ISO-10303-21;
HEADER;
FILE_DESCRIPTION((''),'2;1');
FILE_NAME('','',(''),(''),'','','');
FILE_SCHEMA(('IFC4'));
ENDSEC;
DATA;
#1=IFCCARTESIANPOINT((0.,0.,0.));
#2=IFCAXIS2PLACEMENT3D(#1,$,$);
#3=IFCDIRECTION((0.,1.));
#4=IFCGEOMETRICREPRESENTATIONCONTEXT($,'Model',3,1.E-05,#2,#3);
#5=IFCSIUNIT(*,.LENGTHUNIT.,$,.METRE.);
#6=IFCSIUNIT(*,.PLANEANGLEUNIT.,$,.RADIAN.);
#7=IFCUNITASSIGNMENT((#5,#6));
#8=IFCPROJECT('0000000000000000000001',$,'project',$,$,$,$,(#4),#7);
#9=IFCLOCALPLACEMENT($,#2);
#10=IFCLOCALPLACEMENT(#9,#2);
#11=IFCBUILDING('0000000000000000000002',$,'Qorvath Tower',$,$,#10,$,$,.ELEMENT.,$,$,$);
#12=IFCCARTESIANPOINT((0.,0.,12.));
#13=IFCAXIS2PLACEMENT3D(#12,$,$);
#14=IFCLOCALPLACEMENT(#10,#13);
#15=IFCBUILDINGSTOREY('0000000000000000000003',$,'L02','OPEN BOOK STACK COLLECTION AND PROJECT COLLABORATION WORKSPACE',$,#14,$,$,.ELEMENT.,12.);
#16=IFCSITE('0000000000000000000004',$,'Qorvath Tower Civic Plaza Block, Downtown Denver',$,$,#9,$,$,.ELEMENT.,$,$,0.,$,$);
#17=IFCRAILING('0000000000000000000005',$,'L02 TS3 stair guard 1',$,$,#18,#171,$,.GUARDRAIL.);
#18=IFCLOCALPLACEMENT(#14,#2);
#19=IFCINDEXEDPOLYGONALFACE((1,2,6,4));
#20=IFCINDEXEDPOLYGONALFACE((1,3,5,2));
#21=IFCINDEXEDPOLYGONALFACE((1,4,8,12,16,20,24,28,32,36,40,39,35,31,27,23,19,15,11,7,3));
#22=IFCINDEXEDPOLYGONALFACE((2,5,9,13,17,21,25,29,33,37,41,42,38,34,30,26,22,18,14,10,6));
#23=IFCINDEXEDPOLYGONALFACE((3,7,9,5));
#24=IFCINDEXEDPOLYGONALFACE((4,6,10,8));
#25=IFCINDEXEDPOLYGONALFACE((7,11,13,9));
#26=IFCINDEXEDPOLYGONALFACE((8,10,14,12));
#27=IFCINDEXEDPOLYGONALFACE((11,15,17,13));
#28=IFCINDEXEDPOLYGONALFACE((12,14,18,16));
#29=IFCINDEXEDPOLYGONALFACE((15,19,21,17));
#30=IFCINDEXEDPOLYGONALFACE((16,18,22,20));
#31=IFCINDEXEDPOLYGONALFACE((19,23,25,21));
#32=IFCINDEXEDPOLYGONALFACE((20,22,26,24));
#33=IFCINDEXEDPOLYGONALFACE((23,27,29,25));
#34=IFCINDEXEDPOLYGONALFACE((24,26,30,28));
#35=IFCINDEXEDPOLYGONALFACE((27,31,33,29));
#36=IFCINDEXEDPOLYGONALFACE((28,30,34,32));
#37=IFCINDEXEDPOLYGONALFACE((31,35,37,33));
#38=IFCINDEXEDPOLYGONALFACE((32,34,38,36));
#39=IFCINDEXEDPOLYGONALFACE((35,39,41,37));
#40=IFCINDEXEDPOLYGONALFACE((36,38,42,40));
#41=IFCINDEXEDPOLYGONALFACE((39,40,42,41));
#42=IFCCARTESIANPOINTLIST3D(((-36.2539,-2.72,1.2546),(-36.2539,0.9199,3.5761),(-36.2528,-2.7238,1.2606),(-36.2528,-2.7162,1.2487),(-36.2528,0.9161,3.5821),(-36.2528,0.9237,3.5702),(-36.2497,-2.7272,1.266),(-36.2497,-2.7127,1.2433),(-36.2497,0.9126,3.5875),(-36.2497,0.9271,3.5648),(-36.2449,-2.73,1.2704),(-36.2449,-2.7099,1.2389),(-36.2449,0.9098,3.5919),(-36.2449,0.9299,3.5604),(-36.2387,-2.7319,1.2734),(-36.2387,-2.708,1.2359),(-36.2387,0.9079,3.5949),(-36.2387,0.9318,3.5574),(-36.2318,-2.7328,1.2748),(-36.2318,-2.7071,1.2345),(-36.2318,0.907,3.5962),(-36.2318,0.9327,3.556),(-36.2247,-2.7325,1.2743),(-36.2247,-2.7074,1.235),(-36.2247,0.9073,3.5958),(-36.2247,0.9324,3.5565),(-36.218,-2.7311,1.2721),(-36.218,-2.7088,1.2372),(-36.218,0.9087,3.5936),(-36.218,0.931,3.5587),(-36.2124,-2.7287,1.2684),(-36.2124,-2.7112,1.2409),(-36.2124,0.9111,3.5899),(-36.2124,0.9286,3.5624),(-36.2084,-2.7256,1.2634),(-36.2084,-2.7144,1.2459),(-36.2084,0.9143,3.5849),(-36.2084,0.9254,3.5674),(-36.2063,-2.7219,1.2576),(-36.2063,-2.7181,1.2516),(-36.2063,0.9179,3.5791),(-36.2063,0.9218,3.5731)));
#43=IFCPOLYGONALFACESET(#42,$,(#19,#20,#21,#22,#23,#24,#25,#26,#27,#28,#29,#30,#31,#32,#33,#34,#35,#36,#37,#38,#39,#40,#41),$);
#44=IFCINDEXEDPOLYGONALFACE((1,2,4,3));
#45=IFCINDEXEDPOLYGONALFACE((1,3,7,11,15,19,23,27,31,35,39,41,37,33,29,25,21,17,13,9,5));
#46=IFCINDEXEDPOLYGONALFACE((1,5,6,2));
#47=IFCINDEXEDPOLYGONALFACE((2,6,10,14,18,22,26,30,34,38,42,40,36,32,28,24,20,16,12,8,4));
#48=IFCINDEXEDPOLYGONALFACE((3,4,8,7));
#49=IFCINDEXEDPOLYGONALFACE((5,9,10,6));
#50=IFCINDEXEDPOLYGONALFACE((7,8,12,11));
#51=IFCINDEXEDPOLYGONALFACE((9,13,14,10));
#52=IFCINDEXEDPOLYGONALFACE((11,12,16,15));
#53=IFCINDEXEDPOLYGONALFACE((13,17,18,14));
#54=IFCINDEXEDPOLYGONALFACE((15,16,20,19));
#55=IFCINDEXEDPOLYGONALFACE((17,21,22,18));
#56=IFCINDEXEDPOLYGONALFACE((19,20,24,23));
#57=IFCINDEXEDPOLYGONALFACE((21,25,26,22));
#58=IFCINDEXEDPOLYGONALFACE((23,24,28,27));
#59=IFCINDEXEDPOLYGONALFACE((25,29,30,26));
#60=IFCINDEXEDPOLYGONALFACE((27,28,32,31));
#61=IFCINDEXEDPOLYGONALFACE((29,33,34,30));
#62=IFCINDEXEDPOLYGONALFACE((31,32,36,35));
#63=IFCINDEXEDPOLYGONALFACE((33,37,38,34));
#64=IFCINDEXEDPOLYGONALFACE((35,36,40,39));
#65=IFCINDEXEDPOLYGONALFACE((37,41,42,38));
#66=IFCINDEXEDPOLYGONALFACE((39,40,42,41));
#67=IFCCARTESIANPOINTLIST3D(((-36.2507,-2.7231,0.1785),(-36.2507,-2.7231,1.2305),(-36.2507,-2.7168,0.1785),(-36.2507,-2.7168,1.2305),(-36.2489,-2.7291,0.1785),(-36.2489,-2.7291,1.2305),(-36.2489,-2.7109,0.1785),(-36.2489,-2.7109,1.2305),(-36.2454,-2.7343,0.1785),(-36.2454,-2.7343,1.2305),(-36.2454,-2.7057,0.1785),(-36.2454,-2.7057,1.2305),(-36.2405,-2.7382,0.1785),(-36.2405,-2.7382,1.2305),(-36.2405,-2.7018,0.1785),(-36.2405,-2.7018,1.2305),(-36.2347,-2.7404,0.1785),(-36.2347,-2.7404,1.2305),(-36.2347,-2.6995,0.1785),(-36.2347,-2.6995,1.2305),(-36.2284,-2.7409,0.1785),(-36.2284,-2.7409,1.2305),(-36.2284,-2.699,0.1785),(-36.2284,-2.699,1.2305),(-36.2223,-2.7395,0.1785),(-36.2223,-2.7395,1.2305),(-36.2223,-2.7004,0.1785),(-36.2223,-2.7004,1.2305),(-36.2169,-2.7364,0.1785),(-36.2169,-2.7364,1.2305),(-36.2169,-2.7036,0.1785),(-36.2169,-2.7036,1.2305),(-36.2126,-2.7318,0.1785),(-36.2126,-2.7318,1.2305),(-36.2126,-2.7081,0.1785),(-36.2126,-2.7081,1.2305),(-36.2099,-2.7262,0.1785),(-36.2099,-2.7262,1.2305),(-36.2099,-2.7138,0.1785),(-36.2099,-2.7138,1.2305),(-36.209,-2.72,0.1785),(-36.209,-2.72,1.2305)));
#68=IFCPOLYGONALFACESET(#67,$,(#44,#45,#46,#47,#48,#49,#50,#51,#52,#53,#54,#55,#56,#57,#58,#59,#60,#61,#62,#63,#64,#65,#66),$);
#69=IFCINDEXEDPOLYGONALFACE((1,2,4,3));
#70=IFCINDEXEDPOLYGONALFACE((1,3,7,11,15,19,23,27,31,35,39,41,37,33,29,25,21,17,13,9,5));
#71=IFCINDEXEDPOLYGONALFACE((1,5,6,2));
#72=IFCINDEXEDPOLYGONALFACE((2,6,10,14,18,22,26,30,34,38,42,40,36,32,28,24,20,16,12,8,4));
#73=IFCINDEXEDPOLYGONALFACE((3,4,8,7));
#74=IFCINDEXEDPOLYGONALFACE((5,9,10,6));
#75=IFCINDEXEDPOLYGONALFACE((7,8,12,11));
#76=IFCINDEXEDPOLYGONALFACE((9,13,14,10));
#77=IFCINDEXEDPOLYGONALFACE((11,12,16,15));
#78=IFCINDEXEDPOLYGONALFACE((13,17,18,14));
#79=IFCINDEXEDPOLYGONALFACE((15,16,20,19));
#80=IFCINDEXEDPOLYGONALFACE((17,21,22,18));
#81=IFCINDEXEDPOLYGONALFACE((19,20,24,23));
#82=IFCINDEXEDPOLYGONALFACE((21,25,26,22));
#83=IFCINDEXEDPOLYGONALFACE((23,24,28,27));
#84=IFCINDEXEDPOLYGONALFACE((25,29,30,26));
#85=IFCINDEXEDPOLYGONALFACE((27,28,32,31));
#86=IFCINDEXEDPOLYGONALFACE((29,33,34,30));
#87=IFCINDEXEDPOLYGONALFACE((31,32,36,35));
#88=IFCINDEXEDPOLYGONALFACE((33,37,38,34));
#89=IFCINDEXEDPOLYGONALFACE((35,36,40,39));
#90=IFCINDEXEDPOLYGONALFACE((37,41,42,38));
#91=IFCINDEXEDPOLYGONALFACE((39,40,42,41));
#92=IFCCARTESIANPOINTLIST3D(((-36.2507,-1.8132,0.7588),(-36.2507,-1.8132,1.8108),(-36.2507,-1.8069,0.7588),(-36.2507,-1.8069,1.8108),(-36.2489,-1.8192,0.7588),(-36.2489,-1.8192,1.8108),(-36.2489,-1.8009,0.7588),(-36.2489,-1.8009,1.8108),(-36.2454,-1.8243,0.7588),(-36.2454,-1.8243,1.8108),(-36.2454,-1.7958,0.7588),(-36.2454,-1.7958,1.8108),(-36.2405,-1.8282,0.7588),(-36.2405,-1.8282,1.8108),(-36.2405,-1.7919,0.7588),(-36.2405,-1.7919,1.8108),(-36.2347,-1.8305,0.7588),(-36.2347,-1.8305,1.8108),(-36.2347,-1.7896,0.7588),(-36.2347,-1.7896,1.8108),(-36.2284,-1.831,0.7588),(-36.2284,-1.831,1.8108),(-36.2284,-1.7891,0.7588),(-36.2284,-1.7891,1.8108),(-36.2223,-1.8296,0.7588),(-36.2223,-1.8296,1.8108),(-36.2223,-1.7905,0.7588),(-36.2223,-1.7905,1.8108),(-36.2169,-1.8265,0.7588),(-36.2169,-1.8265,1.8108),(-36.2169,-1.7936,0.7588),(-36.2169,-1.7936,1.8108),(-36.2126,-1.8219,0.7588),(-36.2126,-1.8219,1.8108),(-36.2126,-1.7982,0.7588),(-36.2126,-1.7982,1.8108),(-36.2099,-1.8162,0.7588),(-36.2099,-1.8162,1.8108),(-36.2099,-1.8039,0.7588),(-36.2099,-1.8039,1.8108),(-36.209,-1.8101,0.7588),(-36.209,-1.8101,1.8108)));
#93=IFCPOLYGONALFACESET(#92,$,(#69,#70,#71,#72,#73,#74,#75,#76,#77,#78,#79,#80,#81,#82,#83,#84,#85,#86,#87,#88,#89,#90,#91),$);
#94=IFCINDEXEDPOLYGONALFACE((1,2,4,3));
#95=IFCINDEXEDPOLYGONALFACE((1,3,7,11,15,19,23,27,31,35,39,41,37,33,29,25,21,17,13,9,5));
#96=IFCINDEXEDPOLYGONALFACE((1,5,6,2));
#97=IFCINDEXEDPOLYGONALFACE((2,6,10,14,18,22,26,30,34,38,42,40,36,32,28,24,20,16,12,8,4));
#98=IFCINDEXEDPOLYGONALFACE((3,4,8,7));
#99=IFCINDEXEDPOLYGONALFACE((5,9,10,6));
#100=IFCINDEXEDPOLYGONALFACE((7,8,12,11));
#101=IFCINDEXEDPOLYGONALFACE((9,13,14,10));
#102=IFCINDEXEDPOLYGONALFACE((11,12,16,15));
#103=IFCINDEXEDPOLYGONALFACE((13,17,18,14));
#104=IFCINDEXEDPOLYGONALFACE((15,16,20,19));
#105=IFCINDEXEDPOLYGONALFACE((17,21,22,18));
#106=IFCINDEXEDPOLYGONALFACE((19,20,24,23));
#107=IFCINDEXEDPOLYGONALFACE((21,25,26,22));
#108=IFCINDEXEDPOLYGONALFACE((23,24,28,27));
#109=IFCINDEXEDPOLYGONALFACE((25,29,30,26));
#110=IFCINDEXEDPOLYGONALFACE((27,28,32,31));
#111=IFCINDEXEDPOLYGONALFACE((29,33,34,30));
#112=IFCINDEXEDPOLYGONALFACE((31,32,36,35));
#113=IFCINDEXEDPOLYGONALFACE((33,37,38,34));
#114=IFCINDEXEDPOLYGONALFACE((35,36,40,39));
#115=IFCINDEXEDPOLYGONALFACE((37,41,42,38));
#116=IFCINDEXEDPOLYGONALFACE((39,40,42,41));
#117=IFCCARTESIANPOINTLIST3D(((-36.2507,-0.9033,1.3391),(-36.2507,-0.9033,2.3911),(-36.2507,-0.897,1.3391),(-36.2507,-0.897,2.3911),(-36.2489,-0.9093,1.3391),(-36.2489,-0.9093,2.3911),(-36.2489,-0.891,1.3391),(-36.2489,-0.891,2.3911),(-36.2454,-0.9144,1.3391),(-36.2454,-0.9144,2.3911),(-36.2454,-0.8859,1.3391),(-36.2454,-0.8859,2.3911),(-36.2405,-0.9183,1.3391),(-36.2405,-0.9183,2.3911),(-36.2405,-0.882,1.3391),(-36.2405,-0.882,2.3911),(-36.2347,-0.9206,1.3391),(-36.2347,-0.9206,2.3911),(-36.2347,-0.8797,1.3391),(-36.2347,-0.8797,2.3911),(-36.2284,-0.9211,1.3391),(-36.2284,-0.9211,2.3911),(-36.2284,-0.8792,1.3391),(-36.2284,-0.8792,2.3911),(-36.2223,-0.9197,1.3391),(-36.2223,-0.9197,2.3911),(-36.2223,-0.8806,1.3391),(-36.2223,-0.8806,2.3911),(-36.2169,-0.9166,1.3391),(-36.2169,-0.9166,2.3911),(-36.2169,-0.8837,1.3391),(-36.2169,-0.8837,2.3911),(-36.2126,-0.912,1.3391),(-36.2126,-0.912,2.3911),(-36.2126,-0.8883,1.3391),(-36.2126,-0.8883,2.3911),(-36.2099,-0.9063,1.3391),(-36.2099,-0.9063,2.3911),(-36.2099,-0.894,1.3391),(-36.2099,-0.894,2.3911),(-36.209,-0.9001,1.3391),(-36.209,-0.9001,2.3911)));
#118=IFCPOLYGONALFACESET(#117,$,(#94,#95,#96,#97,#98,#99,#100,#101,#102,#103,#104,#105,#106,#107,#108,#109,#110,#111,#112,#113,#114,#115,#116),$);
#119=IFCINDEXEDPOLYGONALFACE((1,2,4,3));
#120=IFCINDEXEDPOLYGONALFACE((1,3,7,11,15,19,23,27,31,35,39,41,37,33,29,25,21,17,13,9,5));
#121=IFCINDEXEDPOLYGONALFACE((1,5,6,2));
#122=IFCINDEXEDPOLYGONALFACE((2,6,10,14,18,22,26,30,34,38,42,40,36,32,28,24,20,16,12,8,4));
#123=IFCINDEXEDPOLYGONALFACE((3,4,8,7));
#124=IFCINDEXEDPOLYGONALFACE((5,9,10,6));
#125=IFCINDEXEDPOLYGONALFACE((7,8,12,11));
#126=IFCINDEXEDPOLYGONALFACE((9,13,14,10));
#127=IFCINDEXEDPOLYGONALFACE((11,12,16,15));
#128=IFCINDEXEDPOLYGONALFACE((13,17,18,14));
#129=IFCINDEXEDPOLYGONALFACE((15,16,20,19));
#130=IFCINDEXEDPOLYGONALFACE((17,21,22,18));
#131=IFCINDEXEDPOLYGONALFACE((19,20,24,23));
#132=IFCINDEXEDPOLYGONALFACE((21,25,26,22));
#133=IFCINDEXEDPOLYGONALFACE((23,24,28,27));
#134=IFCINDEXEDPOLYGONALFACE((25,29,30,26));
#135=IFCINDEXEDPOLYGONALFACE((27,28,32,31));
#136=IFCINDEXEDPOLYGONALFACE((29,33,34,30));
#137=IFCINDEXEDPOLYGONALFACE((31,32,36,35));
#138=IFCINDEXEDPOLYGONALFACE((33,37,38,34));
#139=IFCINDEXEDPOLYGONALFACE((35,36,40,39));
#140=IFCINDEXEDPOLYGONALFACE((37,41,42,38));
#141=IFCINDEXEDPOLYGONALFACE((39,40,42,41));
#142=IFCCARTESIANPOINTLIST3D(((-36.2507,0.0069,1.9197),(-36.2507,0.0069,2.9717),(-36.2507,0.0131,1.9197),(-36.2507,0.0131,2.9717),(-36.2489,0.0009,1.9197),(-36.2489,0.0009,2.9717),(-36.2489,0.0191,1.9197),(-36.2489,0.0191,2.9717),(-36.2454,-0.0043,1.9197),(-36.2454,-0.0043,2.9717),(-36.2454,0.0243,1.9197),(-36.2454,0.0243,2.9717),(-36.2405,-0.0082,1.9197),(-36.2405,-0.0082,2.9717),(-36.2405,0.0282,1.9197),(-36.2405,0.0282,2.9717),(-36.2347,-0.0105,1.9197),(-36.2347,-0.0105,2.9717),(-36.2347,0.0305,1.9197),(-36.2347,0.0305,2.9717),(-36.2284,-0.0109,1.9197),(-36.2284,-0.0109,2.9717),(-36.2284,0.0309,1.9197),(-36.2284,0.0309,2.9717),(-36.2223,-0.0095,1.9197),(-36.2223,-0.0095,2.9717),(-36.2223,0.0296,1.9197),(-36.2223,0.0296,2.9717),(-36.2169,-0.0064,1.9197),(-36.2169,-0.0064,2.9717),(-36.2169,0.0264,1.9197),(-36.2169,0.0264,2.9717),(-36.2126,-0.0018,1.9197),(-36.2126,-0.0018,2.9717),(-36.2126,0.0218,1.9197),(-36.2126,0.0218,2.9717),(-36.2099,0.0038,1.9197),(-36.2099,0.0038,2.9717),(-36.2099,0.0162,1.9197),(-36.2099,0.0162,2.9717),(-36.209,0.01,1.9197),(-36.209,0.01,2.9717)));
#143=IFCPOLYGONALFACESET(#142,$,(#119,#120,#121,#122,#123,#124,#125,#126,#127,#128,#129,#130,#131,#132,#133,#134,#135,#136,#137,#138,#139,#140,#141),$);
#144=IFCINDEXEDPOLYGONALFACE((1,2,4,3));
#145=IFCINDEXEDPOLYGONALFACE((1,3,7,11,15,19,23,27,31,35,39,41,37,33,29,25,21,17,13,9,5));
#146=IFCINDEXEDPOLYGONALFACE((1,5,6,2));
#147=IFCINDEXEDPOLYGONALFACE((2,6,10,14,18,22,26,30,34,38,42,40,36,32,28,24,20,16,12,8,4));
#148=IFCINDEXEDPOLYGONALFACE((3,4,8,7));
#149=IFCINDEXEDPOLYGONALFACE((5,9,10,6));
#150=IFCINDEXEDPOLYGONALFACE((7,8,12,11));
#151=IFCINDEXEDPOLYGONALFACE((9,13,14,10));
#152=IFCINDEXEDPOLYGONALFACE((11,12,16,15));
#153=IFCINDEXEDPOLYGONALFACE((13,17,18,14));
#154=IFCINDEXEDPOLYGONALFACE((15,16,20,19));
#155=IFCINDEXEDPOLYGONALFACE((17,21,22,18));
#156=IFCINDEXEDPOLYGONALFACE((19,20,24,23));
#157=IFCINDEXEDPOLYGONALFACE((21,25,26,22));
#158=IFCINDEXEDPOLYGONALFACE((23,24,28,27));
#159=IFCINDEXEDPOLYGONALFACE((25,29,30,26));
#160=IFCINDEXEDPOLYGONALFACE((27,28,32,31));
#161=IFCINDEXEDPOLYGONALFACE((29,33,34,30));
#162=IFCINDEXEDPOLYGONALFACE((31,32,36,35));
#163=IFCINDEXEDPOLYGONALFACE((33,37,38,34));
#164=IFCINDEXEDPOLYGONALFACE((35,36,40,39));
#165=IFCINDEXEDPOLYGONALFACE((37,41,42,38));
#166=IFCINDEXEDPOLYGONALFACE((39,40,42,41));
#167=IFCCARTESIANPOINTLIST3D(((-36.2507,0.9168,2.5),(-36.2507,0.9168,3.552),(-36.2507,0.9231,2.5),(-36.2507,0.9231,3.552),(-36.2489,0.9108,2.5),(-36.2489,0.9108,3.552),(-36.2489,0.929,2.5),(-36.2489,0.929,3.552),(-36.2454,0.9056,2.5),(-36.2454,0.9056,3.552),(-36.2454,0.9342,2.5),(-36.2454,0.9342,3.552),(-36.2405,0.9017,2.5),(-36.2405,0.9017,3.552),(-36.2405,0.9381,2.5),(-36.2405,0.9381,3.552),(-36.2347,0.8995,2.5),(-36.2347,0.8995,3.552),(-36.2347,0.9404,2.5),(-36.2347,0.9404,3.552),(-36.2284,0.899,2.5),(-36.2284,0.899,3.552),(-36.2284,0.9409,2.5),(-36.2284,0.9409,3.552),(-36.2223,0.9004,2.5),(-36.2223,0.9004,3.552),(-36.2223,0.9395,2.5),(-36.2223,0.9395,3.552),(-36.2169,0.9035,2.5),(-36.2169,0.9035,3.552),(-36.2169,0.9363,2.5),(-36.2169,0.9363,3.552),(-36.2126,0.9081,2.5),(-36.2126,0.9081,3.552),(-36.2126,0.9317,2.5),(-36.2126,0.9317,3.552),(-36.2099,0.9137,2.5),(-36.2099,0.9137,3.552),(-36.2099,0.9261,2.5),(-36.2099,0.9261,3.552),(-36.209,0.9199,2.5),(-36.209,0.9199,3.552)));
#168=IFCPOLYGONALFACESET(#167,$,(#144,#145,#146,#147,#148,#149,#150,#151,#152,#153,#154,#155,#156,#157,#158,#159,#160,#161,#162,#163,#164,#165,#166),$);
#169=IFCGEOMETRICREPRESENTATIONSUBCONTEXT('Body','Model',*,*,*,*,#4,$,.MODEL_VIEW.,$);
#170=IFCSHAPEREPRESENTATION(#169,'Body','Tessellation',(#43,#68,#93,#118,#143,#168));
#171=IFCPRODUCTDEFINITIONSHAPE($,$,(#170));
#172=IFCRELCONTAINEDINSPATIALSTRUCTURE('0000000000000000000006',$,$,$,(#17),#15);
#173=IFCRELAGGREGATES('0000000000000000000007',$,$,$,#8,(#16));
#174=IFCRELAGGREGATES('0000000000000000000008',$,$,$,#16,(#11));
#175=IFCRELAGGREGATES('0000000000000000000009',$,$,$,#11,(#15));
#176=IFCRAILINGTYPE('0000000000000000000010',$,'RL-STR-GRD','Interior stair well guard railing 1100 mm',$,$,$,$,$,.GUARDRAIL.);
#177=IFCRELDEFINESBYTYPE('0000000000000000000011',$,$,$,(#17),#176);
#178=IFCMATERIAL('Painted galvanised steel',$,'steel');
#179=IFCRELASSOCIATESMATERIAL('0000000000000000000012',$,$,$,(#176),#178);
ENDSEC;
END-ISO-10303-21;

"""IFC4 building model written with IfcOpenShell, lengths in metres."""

from ifc_helpers import new_model, si_unit, direction, frame, origin, origin_2d, place, context, subcontext, project, spatial, circle, extrude, material, type_object, element, save


model = new_model("IFC4")

# Units and contexts
model_context = context("Model", 3, precision=1e-05, world=origin(), true_north=direction((0.0, 1.0)))
body_context = subcontext(model_context, "Body", "Model", "MODEL_VIEW")
ifc_project = project(units=[si_unit("LENGTHUNIT", "METRE"), si_unit("PLANEANGLEUNIT", "RADIAN")], contexts=[model_context])

# Site, building, storey
site_placement = place(None, origin())
site = spatial("IfcSite", under=ifc_project, at=site_placement, Name="Qorvath Tower Civic Plaza Block, Downtown Denver", CompositionType="ELEMENT", RefElevation=0.0)
building_placement = place(site_placement, origin())
building = spatial("IfcBuilding", under=site, at=building_placement, Name="Qorvath Tower", CompositionType="ELEMENT")
storey_placement = place(building_placement, frame((0.0, 0.0, 12.0)))
storey = spatial("IfcBuildingStorey", under=building, at=storey_placement, Name="L02", Description="OPEN BOOK STACK COLLECTION AND PROJECT COLLABORATION WORKSPACE", CompositionType="ELEMENT", Elevation=12.0)

# Railing
ifc_material_1 = material(Name="Painted galvanised steel", Category="steel")
railing_type_1 = type_object("IfcRailingType", Name="RL-STR-GRD", Description="Interior stair well guard railing 1100 mm", PredefinedType="GUARDRAIL", material=ifc_material_1)
railing_1_placement = place(storey_placement, frame((-36.23, -2.72, 0.1785)))
element("IfcRailing", 1, at=railing_1_placement, inside=storey, type_object=railing_type_1, Name="L02 TS3 stair guard 1", PredefinedType="GUARDRAIL", context=body_context, shape_type="SweptSolid", body=[
    extrude(circle(Radius=0.0239, at=origin_2d()), frame((0.0, 0.0, 1.0762), z_axis=(0.0, 0.843112, 0.537739), x_axis=(-1.0, 0.0, 0.0)), (0.0, 0.0, 1.0), 4.3171),
    extrude(circle(Radius=0.021, at=origin_2d()), origin(), (0.0, 0.0, 1.0), 1.052),
    extrude(circle(Radius=0.021, at=origin_2d()), frame((0.0, 0.9099, 0.5803)), (0.0, 0.0, 1.0), 1.052),
    extrude(circle(Radius=0.021, at=origin_2d()), frame((0.0, 1.8198, 1.1606)), (0.0, 0.0, 1.0), 1.052),
    extrude(circle(Radius=0.021, at=origin_2d()), frame((0.0, 2.73, 1.7412)), (0.0, 0.0, 1.0), 1.052),
    extrude(circle(Radius=0.021, at=origin_2d()), frame((0.0, 3.6399, 2.3215)), (0.0, 0.0, 1.0), 1.052),
])

save(model, "model.ifc")
